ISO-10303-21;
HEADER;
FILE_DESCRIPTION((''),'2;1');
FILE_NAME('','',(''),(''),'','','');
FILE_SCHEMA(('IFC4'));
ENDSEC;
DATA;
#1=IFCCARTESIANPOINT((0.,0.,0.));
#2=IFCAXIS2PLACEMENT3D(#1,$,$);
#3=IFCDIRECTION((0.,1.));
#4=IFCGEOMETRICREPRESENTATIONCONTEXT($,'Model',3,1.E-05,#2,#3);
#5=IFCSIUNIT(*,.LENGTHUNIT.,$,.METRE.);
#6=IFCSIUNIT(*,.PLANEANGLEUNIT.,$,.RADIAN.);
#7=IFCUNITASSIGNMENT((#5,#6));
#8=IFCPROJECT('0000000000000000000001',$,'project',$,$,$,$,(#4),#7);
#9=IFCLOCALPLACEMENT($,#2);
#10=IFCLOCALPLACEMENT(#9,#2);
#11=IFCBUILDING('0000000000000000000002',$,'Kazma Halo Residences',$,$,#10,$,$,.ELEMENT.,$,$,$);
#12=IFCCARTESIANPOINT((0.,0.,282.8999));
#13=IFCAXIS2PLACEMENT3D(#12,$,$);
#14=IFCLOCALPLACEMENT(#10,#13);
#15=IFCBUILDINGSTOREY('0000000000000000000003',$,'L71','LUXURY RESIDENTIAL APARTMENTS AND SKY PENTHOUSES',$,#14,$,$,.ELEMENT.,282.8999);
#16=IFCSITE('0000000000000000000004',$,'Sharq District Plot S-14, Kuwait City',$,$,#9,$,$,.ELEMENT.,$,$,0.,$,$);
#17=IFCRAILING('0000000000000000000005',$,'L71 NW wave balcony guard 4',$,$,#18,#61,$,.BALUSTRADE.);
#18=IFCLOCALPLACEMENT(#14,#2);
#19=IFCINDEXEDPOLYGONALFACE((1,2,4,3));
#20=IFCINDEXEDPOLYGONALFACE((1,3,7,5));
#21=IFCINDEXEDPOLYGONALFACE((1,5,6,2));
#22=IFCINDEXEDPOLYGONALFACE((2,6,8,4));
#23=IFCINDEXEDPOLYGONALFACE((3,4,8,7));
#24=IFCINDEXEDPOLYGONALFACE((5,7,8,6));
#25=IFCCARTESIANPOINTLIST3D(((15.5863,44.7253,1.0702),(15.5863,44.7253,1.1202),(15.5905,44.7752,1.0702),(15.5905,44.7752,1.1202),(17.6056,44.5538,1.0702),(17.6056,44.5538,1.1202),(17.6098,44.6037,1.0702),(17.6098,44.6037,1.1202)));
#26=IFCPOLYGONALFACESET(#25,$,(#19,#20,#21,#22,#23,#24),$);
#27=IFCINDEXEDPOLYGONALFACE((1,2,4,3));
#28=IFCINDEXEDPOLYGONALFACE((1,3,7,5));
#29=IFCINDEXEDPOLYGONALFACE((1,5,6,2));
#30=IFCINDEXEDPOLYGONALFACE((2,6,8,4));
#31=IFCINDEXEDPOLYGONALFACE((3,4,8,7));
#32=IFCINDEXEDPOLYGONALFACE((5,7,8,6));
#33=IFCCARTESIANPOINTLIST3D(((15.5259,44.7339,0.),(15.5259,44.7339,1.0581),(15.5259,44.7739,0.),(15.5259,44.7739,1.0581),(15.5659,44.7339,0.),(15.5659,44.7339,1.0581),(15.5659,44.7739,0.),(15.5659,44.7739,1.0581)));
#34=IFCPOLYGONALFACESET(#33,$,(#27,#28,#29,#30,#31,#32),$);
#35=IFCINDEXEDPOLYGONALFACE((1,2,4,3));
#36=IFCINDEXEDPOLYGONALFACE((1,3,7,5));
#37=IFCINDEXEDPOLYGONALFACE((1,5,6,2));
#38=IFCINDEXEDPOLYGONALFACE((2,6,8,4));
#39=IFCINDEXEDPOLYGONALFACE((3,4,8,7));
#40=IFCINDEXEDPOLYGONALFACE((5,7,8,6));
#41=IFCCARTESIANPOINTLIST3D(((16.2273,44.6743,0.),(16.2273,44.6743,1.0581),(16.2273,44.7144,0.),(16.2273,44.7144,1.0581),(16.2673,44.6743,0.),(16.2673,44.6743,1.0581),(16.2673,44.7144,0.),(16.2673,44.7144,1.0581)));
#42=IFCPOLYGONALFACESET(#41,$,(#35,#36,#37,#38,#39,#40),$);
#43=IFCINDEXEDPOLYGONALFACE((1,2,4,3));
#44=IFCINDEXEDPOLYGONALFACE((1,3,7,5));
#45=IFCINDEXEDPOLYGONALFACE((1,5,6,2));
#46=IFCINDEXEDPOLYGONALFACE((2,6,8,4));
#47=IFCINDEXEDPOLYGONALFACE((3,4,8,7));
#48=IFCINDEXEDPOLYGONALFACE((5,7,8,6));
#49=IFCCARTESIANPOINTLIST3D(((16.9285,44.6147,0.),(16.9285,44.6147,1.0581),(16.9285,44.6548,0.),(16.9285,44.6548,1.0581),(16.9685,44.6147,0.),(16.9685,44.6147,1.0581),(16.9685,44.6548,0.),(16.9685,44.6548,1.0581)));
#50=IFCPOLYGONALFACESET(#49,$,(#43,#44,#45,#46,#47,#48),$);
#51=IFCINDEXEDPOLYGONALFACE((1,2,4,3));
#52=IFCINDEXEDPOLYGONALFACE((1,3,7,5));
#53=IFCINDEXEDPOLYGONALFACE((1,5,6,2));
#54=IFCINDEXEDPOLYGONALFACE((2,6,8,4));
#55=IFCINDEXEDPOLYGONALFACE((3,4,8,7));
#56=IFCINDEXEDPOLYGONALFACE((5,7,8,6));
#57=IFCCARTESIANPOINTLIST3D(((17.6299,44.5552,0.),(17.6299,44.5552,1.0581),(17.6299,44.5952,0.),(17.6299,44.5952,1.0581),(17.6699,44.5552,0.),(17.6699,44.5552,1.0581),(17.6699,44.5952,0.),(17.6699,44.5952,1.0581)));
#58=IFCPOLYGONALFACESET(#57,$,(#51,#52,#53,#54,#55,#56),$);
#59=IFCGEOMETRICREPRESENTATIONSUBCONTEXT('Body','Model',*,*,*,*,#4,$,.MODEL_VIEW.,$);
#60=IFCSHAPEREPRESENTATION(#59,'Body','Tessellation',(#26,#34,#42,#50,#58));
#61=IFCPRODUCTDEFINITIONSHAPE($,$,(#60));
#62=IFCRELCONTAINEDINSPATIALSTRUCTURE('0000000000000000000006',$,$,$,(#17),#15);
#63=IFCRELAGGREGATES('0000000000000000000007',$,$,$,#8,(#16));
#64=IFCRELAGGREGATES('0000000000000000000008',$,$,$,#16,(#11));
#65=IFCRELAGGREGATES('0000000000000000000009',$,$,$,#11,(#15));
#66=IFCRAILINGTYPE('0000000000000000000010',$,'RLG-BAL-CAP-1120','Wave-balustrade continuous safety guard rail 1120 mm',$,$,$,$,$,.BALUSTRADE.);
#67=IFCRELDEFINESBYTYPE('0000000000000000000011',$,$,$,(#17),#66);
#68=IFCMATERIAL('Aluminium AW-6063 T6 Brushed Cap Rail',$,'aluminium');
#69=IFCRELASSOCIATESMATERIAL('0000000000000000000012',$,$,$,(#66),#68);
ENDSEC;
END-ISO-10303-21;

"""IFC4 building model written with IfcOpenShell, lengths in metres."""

from ifc_helpers import new_model, si_unit, direction, frame, origin, origin_2d, place, context, subcontext, project, spatial, rectangle, extrude, material, type_object, element, save


model = new_model("IFC4")

# Units and contexts
model_context = context("Model", 3, precision=1e-05, world=origin(), true_north=direction((0.0, 1.0)))
body_context = subcontext(model_context, "Body", "Model", "MODEL_VIEW")
ifc_project = project(units=[si_unit("LENGTHUNIT", "METRE"), si_unit("PLANEANGLEUNIT", "RADIAN")], contexts=[model_context])

# Site, building, storey
site_placement = place(None, origin())
site = spatial("IfcSite", under=ifc_project, at=site_placement, Name="Sharq District Plot S-14, Kuwait City", CompositionType="ELEMENT", RefElevation=0.0)
building_placement = place(site_placement, origin())
building = spatial("IfcBuilding", under=site, at=building_placement, Name="Kazma Halo Residences", CompositionType="ELEMENT")
storey_placement = place(building_placement, frame((0.0, 0.0, 282.8999)))
storey = spatial("IfcBuildingStorey", under=building, at=storey_placement, Name="L71", Description="LUXURY RESIDENTIAL APARTMENTS AND SKY PENTHOUSES", CompositionType="ELEMENT", Elevation=282.8999)

# Railing
ifc_material_1 = material(Name="Aluminium AW-6063 T6 Brushed Cap Rail", Category="aluminium")
railing_type = type_object("IfcRailingType", Name="RLG-BAL-CAP-1120", Description="Wave-balustrade continuous safety guard rail 1120 mm", PredefinedType="BALUSTRADE", material=ifc_material_1)
railing_placement = place(storey_placement, frame((15.5459, 44.7539, 0.0)))
element("IfcRailing", 1, at=railing_placement, inside=storey, type_object=railing_type, Name="L71 NW wave balcony guard 4", PredefinedType="BALUSTRADE", context=body_context, shape_type="SweptSolid", body=[
    extrude(rectangle(XDim=0.05, YDim=0.05, at=origin_2d()), frame((0.0425, -0.0037, 1.0952), z_axis=(0.996412, -0.084634, 0.0), x_axis=(0.084634, 0.996412, 0.0)), (0.0, 0.0, 1.0), 2.0266),
    extrude(rectangle(XDim=0.04, YDim=0.04, at=origin_2d()), origin(), (0.0, 0.0, 1.0), 1.0581),
    extrude(rectangle(XDim=0.04, YDim=0.04, at=origin_2d()), frame((0.7014, -0.0596, 0.0)), (0.0, 0.0, 1.0), 1.0581),
    extrude(rectangle(XDim=0.04, YDim=0.04, at=origin_2d()), frame((1.4026, -0.1191, 0.0)), (0.0, 0.0, 1.0), 1.0581),
    extrude(rectangle(XDim=0.04, YDim=0.04, at=origin_2d()), frame((2.104, -0.1787, 0.0)), (0.0, 0.0, 1.0), 1.0581),
])

save(model, "model.ifc")
